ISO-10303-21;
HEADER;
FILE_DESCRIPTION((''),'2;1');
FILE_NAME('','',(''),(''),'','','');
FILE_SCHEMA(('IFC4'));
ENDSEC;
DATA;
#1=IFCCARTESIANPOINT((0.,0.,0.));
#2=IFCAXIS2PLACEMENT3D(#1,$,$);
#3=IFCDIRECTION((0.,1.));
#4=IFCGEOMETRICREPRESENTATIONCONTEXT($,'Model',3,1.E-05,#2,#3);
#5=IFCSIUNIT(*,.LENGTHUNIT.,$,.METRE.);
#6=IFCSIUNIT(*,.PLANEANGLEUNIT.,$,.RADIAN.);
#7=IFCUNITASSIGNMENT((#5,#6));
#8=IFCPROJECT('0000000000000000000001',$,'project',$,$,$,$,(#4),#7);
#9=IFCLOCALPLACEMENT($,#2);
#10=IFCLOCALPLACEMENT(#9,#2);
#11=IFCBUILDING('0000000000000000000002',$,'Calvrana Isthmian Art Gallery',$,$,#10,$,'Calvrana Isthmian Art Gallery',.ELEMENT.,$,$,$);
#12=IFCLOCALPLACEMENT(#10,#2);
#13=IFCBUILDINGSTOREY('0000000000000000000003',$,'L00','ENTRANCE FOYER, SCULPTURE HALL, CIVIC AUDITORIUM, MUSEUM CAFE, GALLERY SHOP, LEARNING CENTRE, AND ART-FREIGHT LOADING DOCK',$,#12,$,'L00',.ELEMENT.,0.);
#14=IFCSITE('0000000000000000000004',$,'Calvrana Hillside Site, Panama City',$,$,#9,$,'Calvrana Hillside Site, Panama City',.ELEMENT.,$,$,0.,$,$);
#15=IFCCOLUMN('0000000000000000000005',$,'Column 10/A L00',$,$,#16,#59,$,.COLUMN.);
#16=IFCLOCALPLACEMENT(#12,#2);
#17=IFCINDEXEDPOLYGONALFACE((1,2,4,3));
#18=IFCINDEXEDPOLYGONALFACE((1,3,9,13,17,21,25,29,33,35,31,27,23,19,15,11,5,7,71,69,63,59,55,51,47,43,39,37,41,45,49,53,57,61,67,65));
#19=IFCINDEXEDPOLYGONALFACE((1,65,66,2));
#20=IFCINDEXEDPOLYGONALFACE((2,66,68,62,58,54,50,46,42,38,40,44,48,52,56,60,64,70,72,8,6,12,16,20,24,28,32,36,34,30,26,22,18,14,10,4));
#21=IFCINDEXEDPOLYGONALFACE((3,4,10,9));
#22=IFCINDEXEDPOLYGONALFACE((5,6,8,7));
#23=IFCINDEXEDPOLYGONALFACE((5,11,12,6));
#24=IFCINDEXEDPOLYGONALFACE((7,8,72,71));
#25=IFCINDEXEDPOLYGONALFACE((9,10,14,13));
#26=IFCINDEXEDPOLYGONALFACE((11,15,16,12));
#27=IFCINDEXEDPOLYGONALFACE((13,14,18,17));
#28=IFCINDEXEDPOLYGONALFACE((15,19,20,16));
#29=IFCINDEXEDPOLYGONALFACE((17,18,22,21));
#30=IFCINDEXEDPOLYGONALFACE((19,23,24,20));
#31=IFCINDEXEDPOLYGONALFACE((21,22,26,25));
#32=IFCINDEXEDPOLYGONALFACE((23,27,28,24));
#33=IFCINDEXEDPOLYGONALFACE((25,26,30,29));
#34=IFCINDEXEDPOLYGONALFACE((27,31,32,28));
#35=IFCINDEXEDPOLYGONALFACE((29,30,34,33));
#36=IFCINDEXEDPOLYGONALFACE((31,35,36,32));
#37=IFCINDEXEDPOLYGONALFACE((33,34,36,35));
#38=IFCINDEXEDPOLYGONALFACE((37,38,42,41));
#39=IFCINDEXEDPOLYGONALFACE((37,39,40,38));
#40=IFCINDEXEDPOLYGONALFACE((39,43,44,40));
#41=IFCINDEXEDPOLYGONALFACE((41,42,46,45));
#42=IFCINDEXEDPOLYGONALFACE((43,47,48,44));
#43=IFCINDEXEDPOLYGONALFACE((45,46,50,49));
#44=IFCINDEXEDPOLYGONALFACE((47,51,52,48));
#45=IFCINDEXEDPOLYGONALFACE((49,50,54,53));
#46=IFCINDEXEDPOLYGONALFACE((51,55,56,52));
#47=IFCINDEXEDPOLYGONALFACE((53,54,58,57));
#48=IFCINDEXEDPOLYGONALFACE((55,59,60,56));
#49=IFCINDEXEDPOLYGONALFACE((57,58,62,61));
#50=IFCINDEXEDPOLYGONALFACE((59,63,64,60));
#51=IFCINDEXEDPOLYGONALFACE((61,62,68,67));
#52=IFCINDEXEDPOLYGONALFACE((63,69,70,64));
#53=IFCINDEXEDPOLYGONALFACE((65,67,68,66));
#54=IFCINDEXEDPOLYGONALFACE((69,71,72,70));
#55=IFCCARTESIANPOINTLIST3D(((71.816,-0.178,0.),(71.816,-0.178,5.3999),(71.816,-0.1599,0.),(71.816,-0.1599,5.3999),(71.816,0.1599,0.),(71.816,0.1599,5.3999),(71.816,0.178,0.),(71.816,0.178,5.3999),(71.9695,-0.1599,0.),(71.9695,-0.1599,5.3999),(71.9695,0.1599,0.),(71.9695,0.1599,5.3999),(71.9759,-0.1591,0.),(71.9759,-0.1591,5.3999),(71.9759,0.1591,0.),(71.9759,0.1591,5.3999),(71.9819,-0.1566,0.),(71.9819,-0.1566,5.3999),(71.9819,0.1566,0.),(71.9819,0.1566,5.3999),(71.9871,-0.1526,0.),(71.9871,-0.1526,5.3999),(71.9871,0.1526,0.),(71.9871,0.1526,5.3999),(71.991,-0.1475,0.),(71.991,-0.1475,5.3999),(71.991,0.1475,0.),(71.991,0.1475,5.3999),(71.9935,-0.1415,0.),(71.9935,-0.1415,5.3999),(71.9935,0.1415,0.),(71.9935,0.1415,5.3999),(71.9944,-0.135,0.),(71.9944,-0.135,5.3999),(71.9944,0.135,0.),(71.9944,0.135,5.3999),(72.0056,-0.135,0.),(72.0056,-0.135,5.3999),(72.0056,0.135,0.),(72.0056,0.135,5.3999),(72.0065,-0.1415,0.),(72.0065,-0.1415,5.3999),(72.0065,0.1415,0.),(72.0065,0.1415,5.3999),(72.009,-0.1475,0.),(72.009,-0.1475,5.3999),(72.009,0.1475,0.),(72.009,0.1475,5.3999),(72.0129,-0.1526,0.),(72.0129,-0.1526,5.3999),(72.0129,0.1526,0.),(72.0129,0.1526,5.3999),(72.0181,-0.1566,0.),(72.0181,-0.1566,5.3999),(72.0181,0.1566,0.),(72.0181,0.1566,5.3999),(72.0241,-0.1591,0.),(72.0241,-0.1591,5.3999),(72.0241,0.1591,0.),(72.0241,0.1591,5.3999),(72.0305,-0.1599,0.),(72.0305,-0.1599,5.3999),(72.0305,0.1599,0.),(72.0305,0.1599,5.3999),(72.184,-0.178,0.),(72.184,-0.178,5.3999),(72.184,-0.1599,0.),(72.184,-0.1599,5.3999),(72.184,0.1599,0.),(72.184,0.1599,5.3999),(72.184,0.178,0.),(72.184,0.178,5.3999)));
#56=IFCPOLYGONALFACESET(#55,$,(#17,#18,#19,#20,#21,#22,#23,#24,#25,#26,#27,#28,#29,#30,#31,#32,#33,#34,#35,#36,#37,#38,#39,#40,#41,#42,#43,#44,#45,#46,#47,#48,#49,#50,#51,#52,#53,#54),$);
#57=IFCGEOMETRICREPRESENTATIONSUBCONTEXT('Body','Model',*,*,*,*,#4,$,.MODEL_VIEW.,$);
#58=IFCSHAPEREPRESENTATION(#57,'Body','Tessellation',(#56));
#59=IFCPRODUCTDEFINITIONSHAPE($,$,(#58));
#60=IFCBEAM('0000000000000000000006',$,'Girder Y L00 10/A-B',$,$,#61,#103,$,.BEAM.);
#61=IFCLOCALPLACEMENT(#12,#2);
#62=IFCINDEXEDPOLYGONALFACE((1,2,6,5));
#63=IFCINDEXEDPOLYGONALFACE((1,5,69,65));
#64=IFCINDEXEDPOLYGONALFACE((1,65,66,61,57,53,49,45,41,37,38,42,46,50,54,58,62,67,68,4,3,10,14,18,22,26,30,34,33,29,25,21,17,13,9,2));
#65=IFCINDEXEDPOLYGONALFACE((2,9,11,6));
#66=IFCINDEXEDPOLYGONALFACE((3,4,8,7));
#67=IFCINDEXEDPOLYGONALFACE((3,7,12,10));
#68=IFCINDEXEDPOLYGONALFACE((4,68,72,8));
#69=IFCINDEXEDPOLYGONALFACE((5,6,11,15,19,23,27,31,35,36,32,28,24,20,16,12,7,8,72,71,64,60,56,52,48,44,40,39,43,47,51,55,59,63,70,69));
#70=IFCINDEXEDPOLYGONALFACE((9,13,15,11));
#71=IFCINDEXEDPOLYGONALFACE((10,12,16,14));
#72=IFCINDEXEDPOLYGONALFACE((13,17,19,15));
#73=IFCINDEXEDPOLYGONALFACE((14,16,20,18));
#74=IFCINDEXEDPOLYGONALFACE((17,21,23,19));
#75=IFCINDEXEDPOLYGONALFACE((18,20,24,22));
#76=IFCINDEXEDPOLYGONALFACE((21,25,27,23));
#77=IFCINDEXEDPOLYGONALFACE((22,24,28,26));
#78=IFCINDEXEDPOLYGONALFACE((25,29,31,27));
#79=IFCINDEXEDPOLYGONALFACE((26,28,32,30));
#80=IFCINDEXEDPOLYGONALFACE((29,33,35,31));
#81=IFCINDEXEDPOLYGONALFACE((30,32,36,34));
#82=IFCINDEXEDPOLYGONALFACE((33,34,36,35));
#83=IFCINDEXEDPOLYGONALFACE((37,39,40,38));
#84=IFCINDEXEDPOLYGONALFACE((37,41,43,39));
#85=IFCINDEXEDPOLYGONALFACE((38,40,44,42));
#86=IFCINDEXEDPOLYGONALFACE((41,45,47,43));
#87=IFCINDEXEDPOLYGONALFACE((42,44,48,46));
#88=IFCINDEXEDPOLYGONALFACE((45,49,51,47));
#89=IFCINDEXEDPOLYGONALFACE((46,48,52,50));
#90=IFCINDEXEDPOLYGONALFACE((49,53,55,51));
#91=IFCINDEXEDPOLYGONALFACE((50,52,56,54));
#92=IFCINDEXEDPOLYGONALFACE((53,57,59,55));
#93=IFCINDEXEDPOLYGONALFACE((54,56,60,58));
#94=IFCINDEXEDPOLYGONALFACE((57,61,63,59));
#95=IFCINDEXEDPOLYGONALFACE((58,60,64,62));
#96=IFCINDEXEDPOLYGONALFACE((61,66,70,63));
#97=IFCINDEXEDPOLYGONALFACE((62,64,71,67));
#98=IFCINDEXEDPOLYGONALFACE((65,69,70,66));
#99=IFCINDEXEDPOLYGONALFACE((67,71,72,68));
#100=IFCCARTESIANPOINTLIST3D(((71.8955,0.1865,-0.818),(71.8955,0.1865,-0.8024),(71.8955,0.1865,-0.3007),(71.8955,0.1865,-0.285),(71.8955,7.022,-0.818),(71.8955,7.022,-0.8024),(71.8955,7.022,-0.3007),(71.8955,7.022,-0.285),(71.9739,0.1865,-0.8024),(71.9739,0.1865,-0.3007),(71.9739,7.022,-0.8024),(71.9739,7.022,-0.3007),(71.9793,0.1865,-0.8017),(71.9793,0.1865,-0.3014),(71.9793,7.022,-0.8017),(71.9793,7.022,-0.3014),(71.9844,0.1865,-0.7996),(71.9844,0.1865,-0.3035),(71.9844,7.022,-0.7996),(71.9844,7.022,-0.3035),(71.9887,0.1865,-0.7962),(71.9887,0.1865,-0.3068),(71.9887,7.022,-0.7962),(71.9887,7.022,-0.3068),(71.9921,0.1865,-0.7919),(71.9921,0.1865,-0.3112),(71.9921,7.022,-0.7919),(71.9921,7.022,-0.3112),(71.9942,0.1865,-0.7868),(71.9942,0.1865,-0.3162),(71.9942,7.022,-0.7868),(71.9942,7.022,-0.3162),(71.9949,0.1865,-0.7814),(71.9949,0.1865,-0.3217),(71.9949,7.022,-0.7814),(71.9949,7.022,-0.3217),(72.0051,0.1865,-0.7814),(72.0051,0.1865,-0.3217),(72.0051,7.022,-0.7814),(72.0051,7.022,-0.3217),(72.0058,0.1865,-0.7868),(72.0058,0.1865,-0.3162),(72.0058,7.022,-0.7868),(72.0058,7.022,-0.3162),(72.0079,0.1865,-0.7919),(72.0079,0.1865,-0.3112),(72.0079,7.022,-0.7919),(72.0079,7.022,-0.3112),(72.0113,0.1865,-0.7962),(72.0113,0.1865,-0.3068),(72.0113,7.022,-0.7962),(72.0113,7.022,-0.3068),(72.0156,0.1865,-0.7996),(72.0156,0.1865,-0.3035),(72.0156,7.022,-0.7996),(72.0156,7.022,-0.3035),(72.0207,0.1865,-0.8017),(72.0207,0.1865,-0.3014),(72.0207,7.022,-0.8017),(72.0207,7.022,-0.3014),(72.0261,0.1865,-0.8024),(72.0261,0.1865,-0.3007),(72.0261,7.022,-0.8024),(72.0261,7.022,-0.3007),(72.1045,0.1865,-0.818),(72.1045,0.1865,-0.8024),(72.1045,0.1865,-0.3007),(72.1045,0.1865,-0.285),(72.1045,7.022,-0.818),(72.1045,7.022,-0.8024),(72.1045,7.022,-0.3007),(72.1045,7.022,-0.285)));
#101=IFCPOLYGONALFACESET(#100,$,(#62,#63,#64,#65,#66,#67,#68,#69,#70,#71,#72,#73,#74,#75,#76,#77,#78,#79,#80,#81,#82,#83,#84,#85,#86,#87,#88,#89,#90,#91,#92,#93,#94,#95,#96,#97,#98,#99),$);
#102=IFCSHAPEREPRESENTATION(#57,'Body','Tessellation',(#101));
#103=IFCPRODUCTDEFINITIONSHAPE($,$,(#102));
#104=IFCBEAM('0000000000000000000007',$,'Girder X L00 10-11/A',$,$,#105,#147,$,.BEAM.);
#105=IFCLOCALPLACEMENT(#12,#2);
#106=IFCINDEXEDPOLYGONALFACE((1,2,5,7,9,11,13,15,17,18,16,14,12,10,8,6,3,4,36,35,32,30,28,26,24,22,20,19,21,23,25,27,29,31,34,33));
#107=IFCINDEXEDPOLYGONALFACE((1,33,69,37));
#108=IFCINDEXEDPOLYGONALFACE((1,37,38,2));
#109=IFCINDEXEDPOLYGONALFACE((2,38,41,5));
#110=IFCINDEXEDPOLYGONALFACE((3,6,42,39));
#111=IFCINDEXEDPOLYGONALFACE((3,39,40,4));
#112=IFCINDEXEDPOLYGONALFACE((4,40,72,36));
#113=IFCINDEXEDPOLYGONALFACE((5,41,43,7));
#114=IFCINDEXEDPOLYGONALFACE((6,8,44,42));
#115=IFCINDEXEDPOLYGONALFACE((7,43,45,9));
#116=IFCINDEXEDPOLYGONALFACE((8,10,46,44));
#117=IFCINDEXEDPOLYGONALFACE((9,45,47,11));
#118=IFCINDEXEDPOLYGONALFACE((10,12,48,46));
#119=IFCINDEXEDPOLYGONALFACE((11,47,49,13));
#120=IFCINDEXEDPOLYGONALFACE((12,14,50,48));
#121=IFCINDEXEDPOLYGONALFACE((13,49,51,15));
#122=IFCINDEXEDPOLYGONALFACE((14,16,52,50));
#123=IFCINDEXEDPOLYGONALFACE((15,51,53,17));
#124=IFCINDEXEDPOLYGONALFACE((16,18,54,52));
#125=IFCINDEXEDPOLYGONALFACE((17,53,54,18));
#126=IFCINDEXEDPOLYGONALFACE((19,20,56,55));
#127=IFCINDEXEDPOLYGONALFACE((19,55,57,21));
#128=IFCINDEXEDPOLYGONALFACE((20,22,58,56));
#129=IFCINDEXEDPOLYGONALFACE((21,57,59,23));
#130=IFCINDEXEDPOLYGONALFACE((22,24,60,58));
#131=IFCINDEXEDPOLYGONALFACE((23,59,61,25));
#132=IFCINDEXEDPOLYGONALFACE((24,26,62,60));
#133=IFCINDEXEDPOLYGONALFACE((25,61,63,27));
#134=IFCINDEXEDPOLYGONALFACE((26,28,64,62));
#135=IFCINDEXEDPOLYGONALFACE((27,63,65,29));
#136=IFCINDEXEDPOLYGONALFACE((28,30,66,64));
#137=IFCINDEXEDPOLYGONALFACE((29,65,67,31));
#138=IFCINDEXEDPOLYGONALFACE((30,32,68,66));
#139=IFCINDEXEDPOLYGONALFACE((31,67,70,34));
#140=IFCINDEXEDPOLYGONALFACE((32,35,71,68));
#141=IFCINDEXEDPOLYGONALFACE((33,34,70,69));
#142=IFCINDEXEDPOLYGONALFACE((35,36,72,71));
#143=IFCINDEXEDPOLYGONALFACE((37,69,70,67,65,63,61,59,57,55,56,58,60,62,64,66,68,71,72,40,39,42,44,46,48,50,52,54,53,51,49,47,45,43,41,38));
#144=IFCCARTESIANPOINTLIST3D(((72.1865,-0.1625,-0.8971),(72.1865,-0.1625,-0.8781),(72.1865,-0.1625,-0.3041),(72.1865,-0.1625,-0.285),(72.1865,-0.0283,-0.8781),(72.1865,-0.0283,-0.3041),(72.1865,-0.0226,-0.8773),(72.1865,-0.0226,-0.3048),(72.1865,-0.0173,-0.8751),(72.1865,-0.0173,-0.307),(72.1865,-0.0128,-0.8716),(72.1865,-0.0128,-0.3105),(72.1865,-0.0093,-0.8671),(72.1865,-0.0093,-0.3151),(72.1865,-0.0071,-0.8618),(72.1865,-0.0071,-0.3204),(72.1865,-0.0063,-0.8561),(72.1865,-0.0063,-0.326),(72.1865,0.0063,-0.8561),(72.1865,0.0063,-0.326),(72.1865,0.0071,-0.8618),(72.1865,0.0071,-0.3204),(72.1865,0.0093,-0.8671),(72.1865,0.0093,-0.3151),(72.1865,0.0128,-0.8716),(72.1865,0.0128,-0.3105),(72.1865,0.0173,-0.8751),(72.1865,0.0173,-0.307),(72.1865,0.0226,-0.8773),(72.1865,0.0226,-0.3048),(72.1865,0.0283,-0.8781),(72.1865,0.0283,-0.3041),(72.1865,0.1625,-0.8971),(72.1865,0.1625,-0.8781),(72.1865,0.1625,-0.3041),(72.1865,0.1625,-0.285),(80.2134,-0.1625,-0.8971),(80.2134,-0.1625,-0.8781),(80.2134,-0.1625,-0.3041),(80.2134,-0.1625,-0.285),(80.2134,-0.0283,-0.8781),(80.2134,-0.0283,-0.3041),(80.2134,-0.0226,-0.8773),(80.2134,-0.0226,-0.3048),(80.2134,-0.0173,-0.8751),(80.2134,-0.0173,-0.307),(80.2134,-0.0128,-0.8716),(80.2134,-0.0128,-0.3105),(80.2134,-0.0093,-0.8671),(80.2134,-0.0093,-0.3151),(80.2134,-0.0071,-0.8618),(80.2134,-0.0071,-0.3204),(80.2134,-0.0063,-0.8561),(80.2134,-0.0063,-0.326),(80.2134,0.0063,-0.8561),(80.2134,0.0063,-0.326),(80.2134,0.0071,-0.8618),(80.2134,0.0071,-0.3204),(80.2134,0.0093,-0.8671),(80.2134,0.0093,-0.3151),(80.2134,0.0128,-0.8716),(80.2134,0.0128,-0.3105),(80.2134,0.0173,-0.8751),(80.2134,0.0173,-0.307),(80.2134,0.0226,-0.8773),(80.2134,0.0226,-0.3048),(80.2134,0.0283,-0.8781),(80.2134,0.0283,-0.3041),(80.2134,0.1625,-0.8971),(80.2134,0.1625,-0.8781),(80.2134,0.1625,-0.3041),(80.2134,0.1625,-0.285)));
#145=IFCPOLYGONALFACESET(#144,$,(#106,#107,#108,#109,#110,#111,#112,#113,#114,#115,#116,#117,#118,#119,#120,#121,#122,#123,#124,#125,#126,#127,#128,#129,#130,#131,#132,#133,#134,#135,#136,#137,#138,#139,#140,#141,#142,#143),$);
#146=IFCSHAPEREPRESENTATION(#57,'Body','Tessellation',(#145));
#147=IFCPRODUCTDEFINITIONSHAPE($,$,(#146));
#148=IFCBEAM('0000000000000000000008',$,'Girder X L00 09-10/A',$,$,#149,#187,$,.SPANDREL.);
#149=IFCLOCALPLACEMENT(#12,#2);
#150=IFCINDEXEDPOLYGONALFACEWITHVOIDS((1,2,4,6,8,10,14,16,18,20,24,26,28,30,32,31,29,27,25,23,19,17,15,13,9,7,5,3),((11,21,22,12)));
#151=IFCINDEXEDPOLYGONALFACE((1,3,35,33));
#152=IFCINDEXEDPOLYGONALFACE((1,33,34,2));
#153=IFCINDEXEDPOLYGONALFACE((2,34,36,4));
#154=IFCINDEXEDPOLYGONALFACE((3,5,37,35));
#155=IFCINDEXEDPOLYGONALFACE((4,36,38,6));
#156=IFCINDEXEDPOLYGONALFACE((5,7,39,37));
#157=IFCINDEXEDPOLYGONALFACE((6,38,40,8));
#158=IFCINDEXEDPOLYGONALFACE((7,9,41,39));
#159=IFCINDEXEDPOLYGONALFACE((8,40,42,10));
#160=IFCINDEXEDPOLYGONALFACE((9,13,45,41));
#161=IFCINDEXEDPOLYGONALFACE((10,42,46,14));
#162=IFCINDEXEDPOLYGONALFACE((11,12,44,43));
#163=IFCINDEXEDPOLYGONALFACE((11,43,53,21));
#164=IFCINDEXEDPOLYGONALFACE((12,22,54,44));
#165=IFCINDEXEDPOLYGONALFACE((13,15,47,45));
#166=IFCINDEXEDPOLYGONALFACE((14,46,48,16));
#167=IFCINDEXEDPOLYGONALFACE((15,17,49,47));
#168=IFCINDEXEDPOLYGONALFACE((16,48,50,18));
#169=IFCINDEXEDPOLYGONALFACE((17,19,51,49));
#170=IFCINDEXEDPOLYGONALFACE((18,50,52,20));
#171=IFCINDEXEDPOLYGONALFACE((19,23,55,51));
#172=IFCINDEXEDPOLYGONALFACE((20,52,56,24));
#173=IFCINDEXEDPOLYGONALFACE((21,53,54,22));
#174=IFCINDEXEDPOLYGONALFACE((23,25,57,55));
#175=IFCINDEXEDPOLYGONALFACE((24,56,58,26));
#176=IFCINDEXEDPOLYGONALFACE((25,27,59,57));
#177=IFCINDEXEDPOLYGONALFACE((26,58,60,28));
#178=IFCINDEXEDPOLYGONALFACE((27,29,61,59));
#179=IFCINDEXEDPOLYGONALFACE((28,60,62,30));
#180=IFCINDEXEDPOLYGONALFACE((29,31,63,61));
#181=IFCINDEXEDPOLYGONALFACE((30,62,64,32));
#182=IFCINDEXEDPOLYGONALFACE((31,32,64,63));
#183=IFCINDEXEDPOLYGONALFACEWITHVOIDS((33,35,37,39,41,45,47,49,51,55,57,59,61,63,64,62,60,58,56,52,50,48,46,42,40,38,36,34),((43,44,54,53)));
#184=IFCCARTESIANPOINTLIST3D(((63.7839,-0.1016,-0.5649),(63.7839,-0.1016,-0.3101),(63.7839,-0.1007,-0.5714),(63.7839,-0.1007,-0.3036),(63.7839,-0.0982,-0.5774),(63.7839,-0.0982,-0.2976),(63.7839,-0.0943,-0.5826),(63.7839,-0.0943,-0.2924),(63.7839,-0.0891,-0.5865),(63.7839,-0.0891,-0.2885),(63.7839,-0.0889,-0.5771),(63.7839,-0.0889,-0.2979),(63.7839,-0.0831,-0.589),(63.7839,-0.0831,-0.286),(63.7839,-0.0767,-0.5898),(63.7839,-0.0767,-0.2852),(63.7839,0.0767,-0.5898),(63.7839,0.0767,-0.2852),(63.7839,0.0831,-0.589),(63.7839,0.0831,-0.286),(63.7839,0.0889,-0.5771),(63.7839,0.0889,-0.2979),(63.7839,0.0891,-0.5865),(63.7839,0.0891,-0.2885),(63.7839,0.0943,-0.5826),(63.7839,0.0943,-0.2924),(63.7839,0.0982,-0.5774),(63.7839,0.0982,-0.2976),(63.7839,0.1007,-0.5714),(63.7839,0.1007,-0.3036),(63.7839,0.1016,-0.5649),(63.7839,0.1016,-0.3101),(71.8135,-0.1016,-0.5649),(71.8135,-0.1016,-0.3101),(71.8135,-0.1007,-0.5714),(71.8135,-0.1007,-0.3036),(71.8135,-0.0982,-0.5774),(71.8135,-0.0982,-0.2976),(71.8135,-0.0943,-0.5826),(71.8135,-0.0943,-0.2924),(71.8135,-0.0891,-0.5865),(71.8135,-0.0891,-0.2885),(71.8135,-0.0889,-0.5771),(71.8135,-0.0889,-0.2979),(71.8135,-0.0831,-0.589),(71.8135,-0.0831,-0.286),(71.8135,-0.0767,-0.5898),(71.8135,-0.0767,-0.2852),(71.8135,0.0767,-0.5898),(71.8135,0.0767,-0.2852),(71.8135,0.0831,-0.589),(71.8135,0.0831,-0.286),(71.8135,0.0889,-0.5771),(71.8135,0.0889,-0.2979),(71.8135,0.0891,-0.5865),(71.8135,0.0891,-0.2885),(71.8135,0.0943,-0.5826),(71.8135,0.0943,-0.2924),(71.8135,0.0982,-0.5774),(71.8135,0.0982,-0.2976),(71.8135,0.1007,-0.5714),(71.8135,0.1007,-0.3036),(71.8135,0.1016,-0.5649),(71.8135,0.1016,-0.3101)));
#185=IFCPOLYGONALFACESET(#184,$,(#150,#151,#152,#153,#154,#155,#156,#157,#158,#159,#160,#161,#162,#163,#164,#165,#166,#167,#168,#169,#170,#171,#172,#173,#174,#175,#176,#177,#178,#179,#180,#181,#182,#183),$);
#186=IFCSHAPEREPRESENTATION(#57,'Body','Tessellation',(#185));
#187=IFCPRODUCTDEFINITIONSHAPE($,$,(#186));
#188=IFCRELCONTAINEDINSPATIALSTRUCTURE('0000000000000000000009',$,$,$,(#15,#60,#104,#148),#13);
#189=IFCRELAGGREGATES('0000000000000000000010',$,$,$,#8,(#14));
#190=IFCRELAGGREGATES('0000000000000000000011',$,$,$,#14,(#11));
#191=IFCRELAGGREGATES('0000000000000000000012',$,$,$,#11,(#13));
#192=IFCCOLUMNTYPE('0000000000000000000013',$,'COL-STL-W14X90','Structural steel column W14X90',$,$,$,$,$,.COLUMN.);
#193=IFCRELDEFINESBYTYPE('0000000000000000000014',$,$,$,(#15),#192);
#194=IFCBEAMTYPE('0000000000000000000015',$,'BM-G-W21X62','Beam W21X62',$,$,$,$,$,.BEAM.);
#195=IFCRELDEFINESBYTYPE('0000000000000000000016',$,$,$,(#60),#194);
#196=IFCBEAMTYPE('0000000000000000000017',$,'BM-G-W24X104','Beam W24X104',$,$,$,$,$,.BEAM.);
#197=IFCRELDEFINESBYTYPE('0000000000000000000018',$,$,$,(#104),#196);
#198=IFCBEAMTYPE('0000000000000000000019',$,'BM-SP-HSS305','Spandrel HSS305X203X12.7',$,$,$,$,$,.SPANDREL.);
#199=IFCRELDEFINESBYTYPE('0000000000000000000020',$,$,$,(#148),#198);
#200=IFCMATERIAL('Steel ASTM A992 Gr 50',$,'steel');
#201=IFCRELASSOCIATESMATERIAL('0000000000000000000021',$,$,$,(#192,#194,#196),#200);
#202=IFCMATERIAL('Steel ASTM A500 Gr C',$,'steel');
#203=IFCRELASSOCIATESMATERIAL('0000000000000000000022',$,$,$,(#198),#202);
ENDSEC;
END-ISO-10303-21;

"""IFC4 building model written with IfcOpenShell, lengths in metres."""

from ifc_helpers import new_model, si_unit, direction, frame, origin, origin_2d, place, context, subcontext, project, spatial, hollow_rectangle, i_section, extrude, material, material_profile, profile_set, type_object, element, save


model = new_model("IFC4")

# Units and contexts
model_context = context("Model", 3, precision=1e-05, world=origin(), true_north=direction((0.0, 1.0)))
body_context = subcontext(model_context, "Body", "Model", "MODEL_VIEW")
ifc_project = project(units=[si_unit("LENGTHUNIT", "METRE"), si_unit("PLANEANGLEUNIT", "RADIAN")], contexts=[model_context])

# Site, building, storey
site_placement = place(None, origin())
site = spatial("IfcSite", under=ifc_project, at=site_placement, Name="Calvrana Hillside Site, Panama City", LongName="Calvrana Hillside Site, Panama City", CompositionType="ELEMENT", RefElevation=0.0)
building_placement = place(site_placement, origin())
building = spatial("IfcBuilding", under=site, at=building_placement, Name="Calvrana Isthmian Art Gallery", LongName="Calvrana Isthmian Art Gallery", CompositionType="ELEMENT")
storey_placement = place(building_placement, origin())
storey = spatial("IfcBuildingStorey", under=building, at=storey_placement, Name="L00", Description="ENTRANCE FOYER, SCULPTURE HALL, CIVIC AUDITORIUM, MUSEUM CAFE, GALLERY SHOP, LEARNING CENTRE, AND ART-FREIGHT LOADING DOCK", LongName="L00", CompositionType="ELEMENT", Elevation=0.0)

# Column
ifc_material_1 = material(Name="Steel ASTM A992 Gr 50", Category="steel")
ifc_material_profile_1 = material_profile(ifc_material_1, i_section(OverallWidth=0.3679, OverallDepth=0.356, WebThickness=0.0112, FlangeThickness=0.0181, FilletRadius=0.0249, at=origin_2d()), Name="W14X90")
ifc_profile_set_1 = profile_set([ifc_material_profile_1], Name="Steel ASTM A992 Gr 50")
column_type = type_object("IfcColumnType", Name="COL-STL-W14X90", Description="Structural steel column W14X90", PredefinedType="COLUMN", material=ifc_profile_set_1)
column_placement = place(storey_placement, frame((72.0, 0.0, 0.0), z_axis=(0.0, 0.0, 1.0), x_axis=(1.0, 0.0, 0.0)))
element("IfcColumn", 1, at=column_placement, inside=storey, type_object=column_type, Name="Column 10/A L00", PredefinedType="COLUMN", context=body_context, shape_type="SweptSolid", body=[
    extrude(i_section(OverallWidth=0.3679, OverallDepth=0.356, WebThickness=0.0112, FlangeThickness=0.0181, FilletRadius=0.0249, at=origin_2d()), origin(), (0.0, 0.0, 1.0), 5.3999),
])

# Beams
ifc_material_profile_2 = material_profile(ifc_material_1, i_section(OverallWidth=0.209, OverallDepth=0.533, WebThickness=0.0103, FlangeThickness=0.0156, FilletRadius=0.021, at=origin_2d()), Name="W21X62")
ifc_profile_set_2 = profile_set([ifc_material_profile_2], Name="Steel ASTM A992 Gr 50")
beam_type_1 = type_object("IfcBeamType", Name="BM-G-W21X62", Description="Beam W21X62", PredefinedType="BEAM", material=ifc_profile_set_2)
beam_1_placement = place(storey_placement, frame((72.0, 0.1865, -0.5515), z_axis=(0.0, 1.0, 0.0), x_axis=(-1.0, 0.0, 0.0)))
element("IfcBeam", 2, at=beam_1_placement, inside=storey, type_object=beam_type_1, Name="Girder Y L00 10/A-B", PredefinedType="BEAM", context=body_context, shape_type="SweptSolid", body=[
    extrude(i_section(OverallWidth=0.209, OverallDepth=0.533, WebThickness=0.0103, FlangeThickness=0.0156, FilletRadius=0.021, at=origin_2d()), origin(), (0.0, 0.0, 1.0), 6.8354),
])
ifc_material_profile_3 = material_profile(ifc_material_1, i_section(OverallWidth=0.325, OverallDepth=0.6121, WebThickness=0.0127, FlangeThickness=0.019, FilletRadius=0.022, at=origin_2d()), Name="W24X104")
ifc_profile_set_3 = profile_set([ifc_material_profile_3], Name="Steel ASTM A992 Gr 50")
beam_type_2 = type_object("IfcBeamType", Name="BM-G-W24X104", Description="Beam W24X104", PredefinedType="BEAM", material=ifc_profile_set_3)
beam_2_placement = place(storey_placement, frame((72.1865, 0.0, -0.5911), z_axis=(1.0, 0.0, 0.0), x_axis=(0.0, 1.0, 0.0)))
element("IfcBeam", 3, at=beam_2_placement, inside=storey, type_object=beam_type_2, Name="Girder X L00 10-11/A", PredefinedType="BEAM", context=body_context, shape_type="SweptSolid", body=[
    extrude(i_section(OverallWidth=0.325, OverallDepth=0.6121, WebThickness=0.0127, FlangeThickness=0.019, FilletRadius=0.022, at=origin_2d()), origin(), (0.0, 0.0, 1.0), 8.0269),
])
ifc_material_2 = material(Name="Steel ASTM A500 Gr C", Category="steel")
ifc_material_profile_4 = material_profile(ifc_material_2, hollow_rectangle(XDim=0.2031, YDim=0.3047, WallThickness=0.0127, OuterFilletRadius=0.0249, at=origin_2d()), Name="HSS305X203X12.7")
ifc_profile_set_4 = profile_set([ifc_material_profile_4], Name="Steel ASTM A500 Gr C")
beam_type_3 = type_object("IfcBeamType", Name="BM-SP-HSS305", Description="Spandrel HSS305X203X12.7", PredefinedType="SPANDREL", material=ifc_profile_set_4)
beam_3_placement = place(storey_placement, frame((63.7839, 0.0, -0.4375), z_axis=(1.0, 0.0, 0.0), x_axis=(0.0, 1.0, 0.0)))
element("IfcBeam", 4, at=beam_3_placement, inside=storey, type_object=beam_type_3, Name="Girder X L00 09-10/A", PredefinedType="SPANDREL", context=body_context, shape_type="SweptSolid", body=[
    extrude(hollow_rectangle(XDim=0.2031, YDim=0.3047, WallThickness=0.0127, OuterFilletRadius=0.0249, at=origin_2d()), origin(), (0.0, 0.0, 1.0), 8.0295),
])

save(model, "model.ifc")
